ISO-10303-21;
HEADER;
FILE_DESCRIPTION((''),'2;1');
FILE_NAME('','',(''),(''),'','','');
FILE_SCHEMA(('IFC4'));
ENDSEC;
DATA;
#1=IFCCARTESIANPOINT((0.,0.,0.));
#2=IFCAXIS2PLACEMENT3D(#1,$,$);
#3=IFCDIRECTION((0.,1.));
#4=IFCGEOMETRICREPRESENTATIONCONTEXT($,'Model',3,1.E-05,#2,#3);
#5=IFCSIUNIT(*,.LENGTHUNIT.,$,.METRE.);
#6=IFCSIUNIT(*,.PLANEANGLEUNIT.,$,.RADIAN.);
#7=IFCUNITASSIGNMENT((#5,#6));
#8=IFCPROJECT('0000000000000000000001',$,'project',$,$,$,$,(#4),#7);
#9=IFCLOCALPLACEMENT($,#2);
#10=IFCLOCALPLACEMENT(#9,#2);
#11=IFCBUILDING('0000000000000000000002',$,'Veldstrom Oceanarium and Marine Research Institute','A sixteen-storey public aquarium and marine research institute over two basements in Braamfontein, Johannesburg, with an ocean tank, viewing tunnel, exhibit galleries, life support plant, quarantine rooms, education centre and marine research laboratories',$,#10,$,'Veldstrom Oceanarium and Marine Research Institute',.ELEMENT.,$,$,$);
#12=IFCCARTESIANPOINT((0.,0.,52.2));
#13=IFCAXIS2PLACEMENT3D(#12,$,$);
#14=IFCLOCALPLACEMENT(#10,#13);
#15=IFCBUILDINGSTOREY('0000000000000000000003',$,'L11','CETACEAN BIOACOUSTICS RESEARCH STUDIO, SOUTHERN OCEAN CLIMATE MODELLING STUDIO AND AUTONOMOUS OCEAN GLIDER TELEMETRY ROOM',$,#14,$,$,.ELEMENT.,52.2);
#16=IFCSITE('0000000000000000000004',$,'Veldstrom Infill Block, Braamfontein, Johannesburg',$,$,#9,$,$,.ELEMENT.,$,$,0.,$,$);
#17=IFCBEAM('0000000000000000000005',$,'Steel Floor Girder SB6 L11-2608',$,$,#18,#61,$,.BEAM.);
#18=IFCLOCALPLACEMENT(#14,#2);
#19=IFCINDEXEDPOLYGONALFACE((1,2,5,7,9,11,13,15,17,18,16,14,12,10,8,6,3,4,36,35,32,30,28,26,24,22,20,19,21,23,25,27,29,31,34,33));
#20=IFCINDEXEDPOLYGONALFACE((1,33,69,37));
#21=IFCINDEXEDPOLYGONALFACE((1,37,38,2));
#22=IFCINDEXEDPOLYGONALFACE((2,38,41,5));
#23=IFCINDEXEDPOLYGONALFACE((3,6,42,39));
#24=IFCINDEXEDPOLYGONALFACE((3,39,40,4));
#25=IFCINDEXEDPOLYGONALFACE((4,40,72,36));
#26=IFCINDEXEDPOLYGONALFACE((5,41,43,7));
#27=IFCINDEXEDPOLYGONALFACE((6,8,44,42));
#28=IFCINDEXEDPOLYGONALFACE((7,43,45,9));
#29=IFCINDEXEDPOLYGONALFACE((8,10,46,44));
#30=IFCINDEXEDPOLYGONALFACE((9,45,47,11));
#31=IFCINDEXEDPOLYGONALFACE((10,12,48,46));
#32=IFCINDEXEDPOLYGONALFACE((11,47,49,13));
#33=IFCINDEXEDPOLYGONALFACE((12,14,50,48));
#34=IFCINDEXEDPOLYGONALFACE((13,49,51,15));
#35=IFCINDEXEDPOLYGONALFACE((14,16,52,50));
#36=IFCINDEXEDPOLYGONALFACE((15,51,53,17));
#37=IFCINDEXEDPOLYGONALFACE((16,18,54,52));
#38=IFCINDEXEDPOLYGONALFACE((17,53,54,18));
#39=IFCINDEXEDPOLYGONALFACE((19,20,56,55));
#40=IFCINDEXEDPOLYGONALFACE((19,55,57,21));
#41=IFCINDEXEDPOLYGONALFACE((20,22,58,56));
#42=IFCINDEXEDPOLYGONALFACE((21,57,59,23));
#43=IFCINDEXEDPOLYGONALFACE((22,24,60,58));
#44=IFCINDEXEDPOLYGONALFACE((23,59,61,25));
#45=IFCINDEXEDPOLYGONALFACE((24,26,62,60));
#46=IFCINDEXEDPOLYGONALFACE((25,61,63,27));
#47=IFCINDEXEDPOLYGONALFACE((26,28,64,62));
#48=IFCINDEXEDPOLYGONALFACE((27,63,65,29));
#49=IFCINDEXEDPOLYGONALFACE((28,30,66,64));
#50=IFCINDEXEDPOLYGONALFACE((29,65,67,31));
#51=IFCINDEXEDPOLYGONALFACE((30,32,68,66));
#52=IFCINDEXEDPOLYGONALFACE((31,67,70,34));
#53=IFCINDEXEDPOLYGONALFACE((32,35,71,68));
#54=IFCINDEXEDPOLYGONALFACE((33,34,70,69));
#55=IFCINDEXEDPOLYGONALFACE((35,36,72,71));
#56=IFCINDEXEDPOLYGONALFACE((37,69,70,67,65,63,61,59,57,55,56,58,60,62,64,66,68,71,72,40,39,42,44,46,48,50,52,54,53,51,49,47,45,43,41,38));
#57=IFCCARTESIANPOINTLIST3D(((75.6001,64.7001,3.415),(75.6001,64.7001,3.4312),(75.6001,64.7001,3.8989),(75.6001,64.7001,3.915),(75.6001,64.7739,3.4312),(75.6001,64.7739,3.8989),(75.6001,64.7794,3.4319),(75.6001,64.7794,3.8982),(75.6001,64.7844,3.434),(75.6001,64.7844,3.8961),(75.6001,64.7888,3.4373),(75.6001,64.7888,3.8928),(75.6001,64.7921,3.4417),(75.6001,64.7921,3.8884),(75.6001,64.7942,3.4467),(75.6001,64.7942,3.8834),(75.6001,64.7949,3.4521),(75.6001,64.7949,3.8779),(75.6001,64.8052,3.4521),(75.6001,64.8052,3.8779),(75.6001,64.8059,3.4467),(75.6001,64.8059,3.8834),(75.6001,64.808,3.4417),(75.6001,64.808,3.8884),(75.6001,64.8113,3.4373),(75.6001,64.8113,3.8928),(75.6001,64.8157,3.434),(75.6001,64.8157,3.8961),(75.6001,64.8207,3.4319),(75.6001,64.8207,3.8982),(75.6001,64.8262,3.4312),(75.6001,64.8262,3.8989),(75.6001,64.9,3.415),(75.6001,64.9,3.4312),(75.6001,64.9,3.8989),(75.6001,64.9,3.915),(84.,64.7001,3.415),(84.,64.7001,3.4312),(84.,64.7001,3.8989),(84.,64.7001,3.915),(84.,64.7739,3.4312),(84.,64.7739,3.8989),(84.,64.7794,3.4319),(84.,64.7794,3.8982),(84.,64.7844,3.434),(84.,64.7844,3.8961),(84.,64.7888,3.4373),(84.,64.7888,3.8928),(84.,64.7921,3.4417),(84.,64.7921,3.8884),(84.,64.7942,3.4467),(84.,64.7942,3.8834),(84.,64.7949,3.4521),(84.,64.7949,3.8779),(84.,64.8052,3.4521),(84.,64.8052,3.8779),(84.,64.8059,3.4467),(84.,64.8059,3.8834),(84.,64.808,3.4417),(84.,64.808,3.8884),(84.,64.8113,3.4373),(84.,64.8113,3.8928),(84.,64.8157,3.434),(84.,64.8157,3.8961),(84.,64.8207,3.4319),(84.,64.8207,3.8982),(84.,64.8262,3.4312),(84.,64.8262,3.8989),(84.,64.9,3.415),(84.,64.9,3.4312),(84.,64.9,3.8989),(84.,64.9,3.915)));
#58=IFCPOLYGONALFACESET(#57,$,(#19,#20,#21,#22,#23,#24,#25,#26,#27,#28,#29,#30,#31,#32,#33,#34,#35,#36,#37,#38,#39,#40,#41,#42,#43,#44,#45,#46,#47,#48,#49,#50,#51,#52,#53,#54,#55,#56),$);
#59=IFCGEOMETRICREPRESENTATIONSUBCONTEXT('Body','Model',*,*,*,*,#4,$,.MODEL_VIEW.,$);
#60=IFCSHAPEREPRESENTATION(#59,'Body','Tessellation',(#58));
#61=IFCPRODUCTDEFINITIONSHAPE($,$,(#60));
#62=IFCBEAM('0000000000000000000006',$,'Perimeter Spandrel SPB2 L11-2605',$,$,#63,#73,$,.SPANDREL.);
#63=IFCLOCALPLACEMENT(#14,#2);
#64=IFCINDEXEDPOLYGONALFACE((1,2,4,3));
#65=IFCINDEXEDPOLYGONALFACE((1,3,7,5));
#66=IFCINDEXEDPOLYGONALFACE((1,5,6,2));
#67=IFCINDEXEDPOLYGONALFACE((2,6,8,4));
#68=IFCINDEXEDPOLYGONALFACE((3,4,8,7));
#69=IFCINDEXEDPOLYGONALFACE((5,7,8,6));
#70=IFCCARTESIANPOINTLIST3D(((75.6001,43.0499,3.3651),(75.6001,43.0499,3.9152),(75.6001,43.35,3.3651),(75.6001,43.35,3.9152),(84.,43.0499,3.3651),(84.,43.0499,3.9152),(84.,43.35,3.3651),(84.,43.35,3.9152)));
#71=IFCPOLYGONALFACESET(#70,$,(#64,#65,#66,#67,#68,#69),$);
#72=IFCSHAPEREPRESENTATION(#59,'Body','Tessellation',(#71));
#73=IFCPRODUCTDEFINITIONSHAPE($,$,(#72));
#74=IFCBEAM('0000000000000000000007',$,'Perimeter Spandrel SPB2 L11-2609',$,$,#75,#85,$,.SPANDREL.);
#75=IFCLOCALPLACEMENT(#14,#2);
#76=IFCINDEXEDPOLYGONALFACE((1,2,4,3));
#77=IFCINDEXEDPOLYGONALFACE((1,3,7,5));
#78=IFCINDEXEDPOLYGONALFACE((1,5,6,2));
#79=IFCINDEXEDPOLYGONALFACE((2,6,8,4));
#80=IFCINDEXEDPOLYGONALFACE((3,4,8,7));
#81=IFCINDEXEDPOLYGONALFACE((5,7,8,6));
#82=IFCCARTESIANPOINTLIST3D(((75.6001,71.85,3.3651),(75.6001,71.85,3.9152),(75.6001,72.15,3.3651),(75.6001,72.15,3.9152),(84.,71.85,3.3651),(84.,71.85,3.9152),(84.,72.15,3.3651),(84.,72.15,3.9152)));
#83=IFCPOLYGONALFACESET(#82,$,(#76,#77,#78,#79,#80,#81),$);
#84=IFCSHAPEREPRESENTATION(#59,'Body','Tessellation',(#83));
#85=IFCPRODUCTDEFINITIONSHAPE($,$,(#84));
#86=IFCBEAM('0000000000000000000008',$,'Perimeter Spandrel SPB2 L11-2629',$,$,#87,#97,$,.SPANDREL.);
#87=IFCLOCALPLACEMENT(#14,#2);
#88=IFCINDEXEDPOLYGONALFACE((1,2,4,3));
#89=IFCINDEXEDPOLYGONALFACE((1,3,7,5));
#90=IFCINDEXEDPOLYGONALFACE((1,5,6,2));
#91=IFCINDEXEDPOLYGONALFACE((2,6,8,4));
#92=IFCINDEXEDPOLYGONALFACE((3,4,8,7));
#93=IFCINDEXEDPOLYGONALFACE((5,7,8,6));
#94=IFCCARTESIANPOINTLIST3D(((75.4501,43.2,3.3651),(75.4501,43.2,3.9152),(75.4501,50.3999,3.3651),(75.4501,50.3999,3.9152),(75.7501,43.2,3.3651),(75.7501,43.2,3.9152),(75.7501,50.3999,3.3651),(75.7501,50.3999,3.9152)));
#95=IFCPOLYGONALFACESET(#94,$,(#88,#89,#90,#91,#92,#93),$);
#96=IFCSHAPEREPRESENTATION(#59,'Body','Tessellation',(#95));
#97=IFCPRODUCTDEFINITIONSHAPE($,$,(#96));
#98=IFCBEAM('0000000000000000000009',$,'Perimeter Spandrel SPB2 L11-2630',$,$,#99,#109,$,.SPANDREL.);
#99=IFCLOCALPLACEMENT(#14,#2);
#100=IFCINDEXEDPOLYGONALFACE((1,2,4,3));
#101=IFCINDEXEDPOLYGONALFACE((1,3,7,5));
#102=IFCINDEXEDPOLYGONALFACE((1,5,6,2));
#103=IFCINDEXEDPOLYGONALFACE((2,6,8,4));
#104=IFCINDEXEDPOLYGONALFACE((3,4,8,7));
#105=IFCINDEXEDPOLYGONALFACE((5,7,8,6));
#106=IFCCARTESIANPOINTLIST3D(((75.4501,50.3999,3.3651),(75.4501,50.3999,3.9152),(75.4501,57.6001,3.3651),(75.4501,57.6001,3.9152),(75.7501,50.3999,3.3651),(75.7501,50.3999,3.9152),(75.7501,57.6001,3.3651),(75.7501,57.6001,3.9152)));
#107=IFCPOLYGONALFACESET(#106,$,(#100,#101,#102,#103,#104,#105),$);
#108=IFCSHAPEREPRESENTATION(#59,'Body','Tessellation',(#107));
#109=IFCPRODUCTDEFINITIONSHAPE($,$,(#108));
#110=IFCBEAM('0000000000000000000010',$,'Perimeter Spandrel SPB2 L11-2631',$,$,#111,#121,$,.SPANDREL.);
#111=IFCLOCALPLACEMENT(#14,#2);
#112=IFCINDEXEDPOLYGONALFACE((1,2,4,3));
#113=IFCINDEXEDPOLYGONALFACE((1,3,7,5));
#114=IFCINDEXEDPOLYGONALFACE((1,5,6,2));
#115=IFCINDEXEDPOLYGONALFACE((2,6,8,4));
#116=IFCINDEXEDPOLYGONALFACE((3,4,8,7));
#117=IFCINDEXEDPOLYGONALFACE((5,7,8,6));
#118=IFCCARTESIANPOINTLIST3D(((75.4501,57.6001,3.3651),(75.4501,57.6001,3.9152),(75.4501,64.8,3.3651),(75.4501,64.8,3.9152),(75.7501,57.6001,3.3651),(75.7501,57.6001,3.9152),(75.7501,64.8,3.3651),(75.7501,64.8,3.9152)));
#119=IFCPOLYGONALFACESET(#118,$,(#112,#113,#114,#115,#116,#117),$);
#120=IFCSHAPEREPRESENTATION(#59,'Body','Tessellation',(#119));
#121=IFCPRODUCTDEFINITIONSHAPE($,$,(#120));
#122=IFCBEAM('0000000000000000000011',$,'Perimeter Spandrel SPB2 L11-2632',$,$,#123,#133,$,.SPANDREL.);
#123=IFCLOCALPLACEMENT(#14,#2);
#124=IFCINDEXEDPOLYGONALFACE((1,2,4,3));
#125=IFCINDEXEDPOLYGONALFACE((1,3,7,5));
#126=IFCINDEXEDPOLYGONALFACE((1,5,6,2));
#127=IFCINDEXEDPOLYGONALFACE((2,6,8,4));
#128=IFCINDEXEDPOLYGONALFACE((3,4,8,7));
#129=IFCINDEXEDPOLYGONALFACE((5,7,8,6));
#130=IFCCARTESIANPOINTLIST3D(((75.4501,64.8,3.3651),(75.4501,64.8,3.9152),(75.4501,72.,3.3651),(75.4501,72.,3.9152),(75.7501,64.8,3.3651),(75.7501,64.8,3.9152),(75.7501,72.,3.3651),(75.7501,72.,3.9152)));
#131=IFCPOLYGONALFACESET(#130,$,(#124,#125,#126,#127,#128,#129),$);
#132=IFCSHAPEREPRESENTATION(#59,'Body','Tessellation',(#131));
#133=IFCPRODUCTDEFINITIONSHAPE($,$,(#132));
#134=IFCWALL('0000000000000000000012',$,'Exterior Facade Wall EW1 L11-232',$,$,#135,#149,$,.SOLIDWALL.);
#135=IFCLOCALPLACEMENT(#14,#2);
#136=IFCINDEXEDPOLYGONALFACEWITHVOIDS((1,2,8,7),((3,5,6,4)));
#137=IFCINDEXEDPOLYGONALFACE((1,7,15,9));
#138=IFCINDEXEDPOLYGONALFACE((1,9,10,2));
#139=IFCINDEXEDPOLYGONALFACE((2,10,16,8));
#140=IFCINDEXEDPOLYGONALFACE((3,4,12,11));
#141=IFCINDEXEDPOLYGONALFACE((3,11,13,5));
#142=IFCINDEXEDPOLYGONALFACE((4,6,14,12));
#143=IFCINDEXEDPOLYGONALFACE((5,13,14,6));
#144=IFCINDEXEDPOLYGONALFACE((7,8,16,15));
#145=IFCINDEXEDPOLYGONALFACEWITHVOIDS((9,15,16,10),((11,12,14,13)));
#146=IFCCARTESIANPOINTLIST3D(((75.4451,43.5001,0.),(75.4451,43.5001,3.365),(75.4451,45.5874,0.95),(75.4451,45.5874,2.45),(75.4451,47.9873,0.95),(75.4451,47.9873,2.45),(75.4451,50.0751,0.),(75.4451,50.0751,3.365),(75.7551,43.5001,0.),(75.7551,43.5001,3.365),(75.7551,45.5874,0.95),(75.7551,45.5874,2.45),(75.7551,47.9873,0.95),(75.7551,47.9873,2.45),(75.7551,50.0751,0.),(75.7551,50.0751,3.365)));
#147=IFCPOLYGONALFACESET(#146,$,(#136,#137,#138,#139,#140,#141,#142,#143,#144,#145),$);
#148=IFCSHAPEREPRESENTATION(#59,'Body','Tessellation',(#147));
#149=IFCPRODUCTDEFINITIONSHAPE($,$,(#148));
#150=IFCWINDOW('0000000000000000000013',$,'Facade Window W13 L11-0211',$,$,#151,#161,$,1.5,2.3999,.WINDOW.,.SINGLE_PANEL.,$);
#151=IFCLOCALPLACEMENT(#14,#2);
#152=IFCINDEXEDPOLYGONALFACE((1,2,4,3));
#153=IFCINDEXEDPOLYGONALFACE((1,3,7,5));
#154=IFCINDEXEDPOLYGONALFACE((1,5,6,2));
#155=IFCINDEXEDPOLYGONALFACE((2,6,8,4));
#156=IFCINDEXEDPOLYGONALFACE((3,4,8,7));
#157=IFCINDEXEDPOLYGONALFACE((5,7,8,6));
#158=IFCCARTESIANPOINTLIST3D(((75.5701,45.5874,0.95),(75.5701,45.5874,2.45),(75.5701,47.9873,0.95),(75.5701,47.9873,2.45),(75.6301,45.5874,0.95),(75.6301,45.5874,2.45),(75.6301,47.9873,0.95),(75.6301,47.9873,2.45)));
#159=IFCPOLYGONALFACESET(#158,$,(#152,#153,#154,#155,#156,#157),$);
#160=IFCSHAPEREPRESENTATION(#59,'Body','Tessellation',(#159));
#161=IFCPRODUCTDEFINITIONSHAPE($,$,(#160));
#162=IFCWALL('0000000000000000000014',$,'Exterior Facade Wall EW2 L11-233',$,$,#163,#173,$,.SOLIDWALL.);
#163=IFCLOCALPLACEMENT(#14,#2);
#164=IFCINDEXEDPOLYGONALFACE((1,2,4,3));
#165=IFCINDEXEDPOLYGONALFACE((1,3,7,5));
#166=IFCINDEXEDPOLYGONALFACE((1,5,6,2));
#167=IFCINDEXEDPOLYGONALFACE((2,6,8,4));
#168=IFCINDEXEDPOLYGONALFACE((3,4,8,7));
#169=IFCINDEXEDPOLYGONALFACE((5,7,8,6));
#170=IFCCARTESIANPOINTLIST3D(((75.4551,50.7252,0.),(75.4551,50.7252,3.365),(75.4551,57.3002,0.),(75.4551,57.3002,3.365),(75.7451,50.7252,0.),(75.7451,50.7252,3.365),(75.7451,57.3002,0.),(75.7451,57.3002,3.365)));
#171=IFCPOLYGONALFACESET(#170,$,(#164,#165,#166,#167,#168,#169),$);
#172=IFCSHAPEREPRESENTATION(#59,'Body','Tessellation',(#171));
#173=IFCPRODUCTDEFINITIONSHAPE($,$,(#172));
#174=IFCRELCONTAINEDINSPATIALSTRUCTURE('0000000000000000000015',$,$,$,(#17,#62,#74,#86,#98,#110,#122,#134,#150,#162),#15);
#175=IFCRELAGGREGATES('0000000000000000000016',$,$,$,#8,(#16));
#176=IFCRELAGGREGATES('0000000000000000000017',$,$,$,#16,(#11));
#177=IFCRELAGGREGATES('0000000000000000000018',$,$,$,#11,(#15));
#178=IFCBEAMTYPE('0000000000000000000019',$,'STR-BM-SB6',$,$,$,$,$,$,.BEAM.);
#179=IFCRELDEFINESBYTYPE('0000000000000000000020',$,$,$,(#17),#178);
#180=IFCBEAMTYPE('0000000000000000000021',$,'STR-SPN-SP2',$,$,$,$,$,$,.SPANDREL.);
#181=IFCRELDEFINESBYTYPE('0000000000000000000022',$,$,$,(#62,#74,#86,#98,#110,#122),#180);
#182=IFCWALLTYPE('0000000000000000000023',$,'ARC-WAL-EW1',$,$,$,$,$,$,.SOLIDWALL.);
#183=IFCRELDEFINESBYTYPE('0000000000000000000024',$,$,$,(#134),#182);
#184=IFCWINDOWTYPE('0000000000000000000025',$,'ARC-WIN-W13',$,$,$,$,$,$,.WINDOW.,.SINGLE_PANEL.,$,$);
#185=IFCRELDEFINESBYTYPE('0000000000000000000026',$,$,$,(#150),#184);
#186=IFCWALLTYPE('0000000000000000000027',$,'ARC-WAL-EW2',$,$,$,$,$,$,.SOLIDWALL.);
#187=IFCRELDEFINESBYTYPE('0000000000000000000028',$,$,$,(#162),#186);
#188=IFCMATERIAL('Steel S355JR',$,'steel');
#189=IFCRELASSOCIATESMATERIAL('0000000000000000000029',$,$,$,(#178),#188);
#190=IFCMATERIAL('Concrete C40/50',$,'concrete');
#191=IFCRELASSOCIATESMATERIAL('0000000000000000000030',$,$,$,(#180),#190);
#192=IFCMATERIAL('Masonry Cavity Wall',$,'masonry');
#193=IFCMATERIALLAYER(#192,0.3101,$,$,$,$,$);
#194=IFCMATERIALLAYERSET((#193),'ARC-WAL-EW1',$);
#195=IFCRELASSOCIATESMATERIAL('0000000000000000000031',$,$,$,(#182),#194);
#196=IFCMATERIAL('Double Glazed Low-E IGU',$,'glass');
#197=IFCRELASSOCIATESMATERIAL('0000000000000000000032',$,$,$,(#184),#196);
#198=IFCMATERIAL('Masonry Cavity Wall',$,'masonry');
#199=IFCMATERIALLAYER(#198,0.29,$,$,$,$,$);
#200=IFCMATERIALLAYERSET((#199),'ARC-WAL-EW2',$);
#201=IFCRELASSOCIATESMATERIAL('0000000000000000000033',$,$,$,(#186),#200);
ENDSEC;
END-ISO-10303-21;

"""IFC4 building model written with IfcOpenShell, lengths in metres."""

from ifc_helpers import new_model, si_unit, direction, frame, frame_2d, origin, origin_2d, place, context, subcontext, project, spatial, rectangle, i_section, extrude, material, layer, layer_set, material_profile, profile_set, type_object, element, fill, save


model = new_model("IFC4")

# Units and contexts
model_context = context("Model", 3, precision=1e-05, world=origin(), true_north=direction((0.0, 1.0)))
body_context = subcontext(model_context, "Body", "Model", "MODEL_VIEW")
ifc_project = project(units=[si_unit("LENGTHUNIT", "METRE"), si_unit("PLANEANGLEUNIT", "RADIAN")], contexts=[model_context])

# Site, building, storey
site_placement = place(None, origin())
site = spatial("IfcSite", under=ifc_project, at=site_placement, Name="Veldstrom Infill Block, Braamfontein, Johannesburg", CompositionType="ELEMENT", RefElevation=0.0)
building_placement = place(site_placement, origin())
building = spatial("IfcBuilding", under=site, at=building_placement, Name="Veldstrom Oceanarium and Marine Research Institute", Description="A sixteen-storey public aquarium and marine research institute over two basements in Braamfontein, Johannesburg, with an ocean tank, viewing tunnel, exhibit galleries, life support plant, quarantine rooms, education centre and marine research laboratories", LongName="Veldstrom Oceanarium and Marine Research Institute", CompositionType="ELEMENT")
storey_placement = place(building_placement, frame((0.0, 0.0, 52.2)))
storey = spatial("IfcBuildingStorey", under=building, at=storey_placement, Name="L11", Description="CETACEAN BIOACOUSTICS RESEARCH STUDIO, SOUTHERN OCEAN CLIMATE MODELLING STUDIO AND AUTONOMOUS OCEAN GLIDER TELEMETRY ROOM", CompositionType="ELEMENT", Elevation=52.2)

# Beams
ifc_material_1 = material(Name="Steel S355JR", Category="steel")
ifc_material_profile_1 = material_profile(ifc_material_1, i_section(OverallWidth=0.2, OverallDepth=0.5, WebThickness=0.0103, FlangeThickness=0.0161, FilletRadius=0.021, at=origin_2d()), Name="IPE 500")
ifc_profile_set_1 = profile_set([ifc_material_profile_1], Name="Steel S355JR")
beam_type_1 = type_object("IfcBeamType", Name="STR-BM-SB6", PredefinedType="BEAM", material=ifc_profile_set_1)
for number, where, z_axis, x_axis, name in (
    (1, (75.6001, 64.8, 3.665), (1.0, 0.0, 0.0), (0.0, 1.0, 0.0), "Steel Floor Girder SB6 L11-2608"),
):
    element("IfcBeam", number, at=place(storey_placement, frame(where, z_axis=z_axis, x_axis=x_axis)), inside=storey, type_object=beam_type_1, Name=name, PredefinedType="BEAM", context=body_context, shape_type="SweptSolid", body=[
        extrude(i_section(OverallWidth=0.2, OverallDepth=0.5, WebThickness=0.0103, FlangeThickness=0.0161, FilletRadius=0.021, at=origin_2d()), origin(), (0.0, 0.0, 1.0), 8.3999),
    ])
ifc_material_2 = material(Name="Concrete C40/50", Category="concrete")
ifc_material_profile_2 = material_profile(ifc_material_2, rectangle(XDim=0.3, YDim=0.55, at=origin_2d()), Name="RC-SPN-300x550")
ifc_profile_set_2 = profile_set([ifc_material_profile_2], Name="Concrete C40/50")
beam_type_2 = type_object("IfcBeamType", Name="STR-SPN-SP2", PredefinedType="SPANDREL", material=ifc_profile_set_2)
for number, where, z_axis, x_axis, name in (
    (2, (75.6001, 43.2, 3.6401), (1.0, 0.0, 0.0), (0.0, 1.0, 0.0), "Perimeter Spandrel SPB2 L11-2605"),
    (3, (75.6001, 72.0, 3.6401), (1.0, 0.0, 0.0), (0.0, 1.0, 0.0), "Perimeter Spandrel SPB2 L11-2609"),
):
    element("IfcBeam", number, at=place(storey_placement, frame(where, z_axis=z_axis, x_axis=x_axis)), inside=storey, type_object=beam_type_2, Name=name, PredefinedType="SPANDREL", context=body_context, shape_type="SweptSolid", body=[
        extrude(rectangle(XDim=0.3, YDim=0.55, at=origin_2d()), origin(), (0.0, 0.0, 1.0), 8.3999),
    ])
beam_1_placement = place(storey_placement, frame((75.6001, 43.2, 3.6401), z_axis=(0.0, 1.0, 0.0), x_axis=(-1.0, 0.0, 0.0)))
element("IfcBeam", 4, at=beam_1_placement, inside=storey, type_object=beam_type_2, Name="Perimeter Spandrel SPB2 L11-2629", PredefinedType="SPANDREL", context=body_context, shape_type="SweptSolid", body=[
    extrude(rectangle(XDim=0.3, YDim=0.55, at=origin_2d()), origin(), (0.0, 0.0, 1.0), 7.2),
])
beam_2_placement = place(storey_placement, frame((75.6001, 50.3999, 3.6401), z_axis=(0.0, 1.0, 0.0), x_axis=(-1.0, 0.0, 0.0)))
element("IfcBeam", 5, at=beam_2_placement, inside=storey, type_object=beam_type_2, Name="Perimeter Spandrel SPB2 L11-2630", PredefinedType="SPANDREL", context=body_context, shape_type="SweptSolid", body=[
    extrude(rectangle(XDim=0.3, YDim=0.55, at=origin_2d()), origin(), (0.0, 0.0, 1.0), 7.2002),
])
for number, where, z_axis, x_axis, name in (
    (6, (75.6001, 57.6001, 3.6401), (0.0, 1.0, 0.0), (-1.0, 0.0, 0.0), "Perimeter Spandrel SPB2 L11-2631"),
    (7, (75.6001, 64.8, 3.6401), (0.0, 1.0, 0.0), (-1.0, 0.0, 0.0), "Perimeter Spandrel SPB2 L11-2632"),
):
    element("IfcBeam", number, at=place(storey_placement, frame(where, z_axis=z_axis, x_axis=x_axis)), inside=storey, type_object=beam_type_2, Name=name, PredefinedType="SPANDREL", context=body_context, shape_type="SweptSolid", body=[
        extrude(rectangle(XDim=0.3, YDim=0.55, at=origin_2d()), origin(), (0.0, 0.0, 1.0), 7.2),
    ])

# Wall, opening, window
ifc_material_3 = material(Name="Masonry Cavity Wall", Category="masonry")
ifc_layer_1 = layer(ifc_material_3, 0.3101)
ifc_layer_set_1 = layer_set([ifc_layer_1], Name="ARC-WAL-EW1")
wall_type_1 = type_object("IfcWallType", Name="ARC-WAL-EW1", PredefinedType="SOLIDWALL", material=ifc_layer_set_1)
wall_1_placement = place(storey_placement, frame((75.6001, 43.5, 0.0), z_axis=(0.0, 0.0, 1.0), x_axis=(0.0, 1.0, 0.0)))
wall_1 = element("IfcWall", 8, at=wall_1_placement, inside=storey, type_object=wall_type_1, Name="Exterior Facade Wall EW1 L11-232", PredefinedType="SOLIDWALL", context=body_context, shape_type="SweptSolid", body=[
    extrude(rectangle(XDim=6.575, YDim=0.3101, at=frame_2d((3.2876, 0.0))), origin(), (0.0, 0.0, 1.0), 3.365),
])
opening_1_placement = place(wall_1_placement, frame((2.0874, 0.0, 0.95)))
opening_1 = element("IfcOpeningElement", 9, at=opening_1_placement, cuts=wall_1, PredefinedType="OPENING", context=body_context, shape_type="SweptSolid", body=[
    extrude(rectangle(XDim=2.3999, YDim=1.5, at=frame_2d((1.2, 0.75))), frame((0.0, 0.165, 0.0), z_axis=(0.0, -1.0, 0.0), x_axis=(1.0, 0.0, 0.0)), (0.0, 0.0, 1.0), 0.3301),
])
ifc_material_4 = material(Name="Double Glazed Low-E IGU", Category="glass")
window_type_1 = type_object("IfcWindowType", Name="ARC-WIN-W13", PartitioningType="SINGLE_PANEL", PredefinedType="WINDOW", material=ifc_material_4)
window_1_placement = place(opening_1_placement, origin())
window_1 = element("IfcWindow", 10, at=window_1_placement, inside=storey, type_object=window_type_1, Name="Facade Window W13 L11-0211", OverallHeight=1.5, OverallWidth=2.3999, PartitioningType="SINGLE_PANEL", PredefinedType="WINDOW", context=body_context, shape_type="SweptSolid", body=[
    extrude(rectangle(XDim=2.3999, YDim=1.5, at=frame_2d((1.2, 0.75))), frame((0.0, 0.03, 0.0), z_axis=(0.0, -1.0, 0.0), x_axis=(1.0, 0.0, 0.0)), (0.0, 0.0, 1.0), 0.0601),
])
fill(opening_1, window_1)

# Wall
ifc_material_5 = material(Name="Masonry Cavity Wall", Category="masonry")
ifc_layer_2 = layer(ifc_material_5, 0.29)
ifc_layer_set_2 = layer_set([ifc_layer_2], Name="ARC-WAL-EW2")
wall_type_2 = type_object("IfcWallType", Name="ARC-WAL-EW2", PredefinedType="SOLIDWALL", material=ifc_layer_set_2)
wall_2_placement = place(storey_placement, frame((75.6001, 50.7251, 0.0), z_axis=(0.0, 0.0, 1.0), x_axis=(0.0, 1.0, 0.0)))
element("IfcWall", 11, at=wall_2_placement, inside=storey, type_object=wall_type_2, Name="Exterior Facade Wall EW2 L11-233", PredefinedType="SOLIDWALL", context=body_context, shape_type="SweptSolid", body=[
    extrude(rectangle(XDim=6.575, YDim=0.29, at=frame_2d((3.2876, 0.0))), origin(), (0.0, 0.0, 1.0), 3.365),
])

save(model, "model.ifc")
